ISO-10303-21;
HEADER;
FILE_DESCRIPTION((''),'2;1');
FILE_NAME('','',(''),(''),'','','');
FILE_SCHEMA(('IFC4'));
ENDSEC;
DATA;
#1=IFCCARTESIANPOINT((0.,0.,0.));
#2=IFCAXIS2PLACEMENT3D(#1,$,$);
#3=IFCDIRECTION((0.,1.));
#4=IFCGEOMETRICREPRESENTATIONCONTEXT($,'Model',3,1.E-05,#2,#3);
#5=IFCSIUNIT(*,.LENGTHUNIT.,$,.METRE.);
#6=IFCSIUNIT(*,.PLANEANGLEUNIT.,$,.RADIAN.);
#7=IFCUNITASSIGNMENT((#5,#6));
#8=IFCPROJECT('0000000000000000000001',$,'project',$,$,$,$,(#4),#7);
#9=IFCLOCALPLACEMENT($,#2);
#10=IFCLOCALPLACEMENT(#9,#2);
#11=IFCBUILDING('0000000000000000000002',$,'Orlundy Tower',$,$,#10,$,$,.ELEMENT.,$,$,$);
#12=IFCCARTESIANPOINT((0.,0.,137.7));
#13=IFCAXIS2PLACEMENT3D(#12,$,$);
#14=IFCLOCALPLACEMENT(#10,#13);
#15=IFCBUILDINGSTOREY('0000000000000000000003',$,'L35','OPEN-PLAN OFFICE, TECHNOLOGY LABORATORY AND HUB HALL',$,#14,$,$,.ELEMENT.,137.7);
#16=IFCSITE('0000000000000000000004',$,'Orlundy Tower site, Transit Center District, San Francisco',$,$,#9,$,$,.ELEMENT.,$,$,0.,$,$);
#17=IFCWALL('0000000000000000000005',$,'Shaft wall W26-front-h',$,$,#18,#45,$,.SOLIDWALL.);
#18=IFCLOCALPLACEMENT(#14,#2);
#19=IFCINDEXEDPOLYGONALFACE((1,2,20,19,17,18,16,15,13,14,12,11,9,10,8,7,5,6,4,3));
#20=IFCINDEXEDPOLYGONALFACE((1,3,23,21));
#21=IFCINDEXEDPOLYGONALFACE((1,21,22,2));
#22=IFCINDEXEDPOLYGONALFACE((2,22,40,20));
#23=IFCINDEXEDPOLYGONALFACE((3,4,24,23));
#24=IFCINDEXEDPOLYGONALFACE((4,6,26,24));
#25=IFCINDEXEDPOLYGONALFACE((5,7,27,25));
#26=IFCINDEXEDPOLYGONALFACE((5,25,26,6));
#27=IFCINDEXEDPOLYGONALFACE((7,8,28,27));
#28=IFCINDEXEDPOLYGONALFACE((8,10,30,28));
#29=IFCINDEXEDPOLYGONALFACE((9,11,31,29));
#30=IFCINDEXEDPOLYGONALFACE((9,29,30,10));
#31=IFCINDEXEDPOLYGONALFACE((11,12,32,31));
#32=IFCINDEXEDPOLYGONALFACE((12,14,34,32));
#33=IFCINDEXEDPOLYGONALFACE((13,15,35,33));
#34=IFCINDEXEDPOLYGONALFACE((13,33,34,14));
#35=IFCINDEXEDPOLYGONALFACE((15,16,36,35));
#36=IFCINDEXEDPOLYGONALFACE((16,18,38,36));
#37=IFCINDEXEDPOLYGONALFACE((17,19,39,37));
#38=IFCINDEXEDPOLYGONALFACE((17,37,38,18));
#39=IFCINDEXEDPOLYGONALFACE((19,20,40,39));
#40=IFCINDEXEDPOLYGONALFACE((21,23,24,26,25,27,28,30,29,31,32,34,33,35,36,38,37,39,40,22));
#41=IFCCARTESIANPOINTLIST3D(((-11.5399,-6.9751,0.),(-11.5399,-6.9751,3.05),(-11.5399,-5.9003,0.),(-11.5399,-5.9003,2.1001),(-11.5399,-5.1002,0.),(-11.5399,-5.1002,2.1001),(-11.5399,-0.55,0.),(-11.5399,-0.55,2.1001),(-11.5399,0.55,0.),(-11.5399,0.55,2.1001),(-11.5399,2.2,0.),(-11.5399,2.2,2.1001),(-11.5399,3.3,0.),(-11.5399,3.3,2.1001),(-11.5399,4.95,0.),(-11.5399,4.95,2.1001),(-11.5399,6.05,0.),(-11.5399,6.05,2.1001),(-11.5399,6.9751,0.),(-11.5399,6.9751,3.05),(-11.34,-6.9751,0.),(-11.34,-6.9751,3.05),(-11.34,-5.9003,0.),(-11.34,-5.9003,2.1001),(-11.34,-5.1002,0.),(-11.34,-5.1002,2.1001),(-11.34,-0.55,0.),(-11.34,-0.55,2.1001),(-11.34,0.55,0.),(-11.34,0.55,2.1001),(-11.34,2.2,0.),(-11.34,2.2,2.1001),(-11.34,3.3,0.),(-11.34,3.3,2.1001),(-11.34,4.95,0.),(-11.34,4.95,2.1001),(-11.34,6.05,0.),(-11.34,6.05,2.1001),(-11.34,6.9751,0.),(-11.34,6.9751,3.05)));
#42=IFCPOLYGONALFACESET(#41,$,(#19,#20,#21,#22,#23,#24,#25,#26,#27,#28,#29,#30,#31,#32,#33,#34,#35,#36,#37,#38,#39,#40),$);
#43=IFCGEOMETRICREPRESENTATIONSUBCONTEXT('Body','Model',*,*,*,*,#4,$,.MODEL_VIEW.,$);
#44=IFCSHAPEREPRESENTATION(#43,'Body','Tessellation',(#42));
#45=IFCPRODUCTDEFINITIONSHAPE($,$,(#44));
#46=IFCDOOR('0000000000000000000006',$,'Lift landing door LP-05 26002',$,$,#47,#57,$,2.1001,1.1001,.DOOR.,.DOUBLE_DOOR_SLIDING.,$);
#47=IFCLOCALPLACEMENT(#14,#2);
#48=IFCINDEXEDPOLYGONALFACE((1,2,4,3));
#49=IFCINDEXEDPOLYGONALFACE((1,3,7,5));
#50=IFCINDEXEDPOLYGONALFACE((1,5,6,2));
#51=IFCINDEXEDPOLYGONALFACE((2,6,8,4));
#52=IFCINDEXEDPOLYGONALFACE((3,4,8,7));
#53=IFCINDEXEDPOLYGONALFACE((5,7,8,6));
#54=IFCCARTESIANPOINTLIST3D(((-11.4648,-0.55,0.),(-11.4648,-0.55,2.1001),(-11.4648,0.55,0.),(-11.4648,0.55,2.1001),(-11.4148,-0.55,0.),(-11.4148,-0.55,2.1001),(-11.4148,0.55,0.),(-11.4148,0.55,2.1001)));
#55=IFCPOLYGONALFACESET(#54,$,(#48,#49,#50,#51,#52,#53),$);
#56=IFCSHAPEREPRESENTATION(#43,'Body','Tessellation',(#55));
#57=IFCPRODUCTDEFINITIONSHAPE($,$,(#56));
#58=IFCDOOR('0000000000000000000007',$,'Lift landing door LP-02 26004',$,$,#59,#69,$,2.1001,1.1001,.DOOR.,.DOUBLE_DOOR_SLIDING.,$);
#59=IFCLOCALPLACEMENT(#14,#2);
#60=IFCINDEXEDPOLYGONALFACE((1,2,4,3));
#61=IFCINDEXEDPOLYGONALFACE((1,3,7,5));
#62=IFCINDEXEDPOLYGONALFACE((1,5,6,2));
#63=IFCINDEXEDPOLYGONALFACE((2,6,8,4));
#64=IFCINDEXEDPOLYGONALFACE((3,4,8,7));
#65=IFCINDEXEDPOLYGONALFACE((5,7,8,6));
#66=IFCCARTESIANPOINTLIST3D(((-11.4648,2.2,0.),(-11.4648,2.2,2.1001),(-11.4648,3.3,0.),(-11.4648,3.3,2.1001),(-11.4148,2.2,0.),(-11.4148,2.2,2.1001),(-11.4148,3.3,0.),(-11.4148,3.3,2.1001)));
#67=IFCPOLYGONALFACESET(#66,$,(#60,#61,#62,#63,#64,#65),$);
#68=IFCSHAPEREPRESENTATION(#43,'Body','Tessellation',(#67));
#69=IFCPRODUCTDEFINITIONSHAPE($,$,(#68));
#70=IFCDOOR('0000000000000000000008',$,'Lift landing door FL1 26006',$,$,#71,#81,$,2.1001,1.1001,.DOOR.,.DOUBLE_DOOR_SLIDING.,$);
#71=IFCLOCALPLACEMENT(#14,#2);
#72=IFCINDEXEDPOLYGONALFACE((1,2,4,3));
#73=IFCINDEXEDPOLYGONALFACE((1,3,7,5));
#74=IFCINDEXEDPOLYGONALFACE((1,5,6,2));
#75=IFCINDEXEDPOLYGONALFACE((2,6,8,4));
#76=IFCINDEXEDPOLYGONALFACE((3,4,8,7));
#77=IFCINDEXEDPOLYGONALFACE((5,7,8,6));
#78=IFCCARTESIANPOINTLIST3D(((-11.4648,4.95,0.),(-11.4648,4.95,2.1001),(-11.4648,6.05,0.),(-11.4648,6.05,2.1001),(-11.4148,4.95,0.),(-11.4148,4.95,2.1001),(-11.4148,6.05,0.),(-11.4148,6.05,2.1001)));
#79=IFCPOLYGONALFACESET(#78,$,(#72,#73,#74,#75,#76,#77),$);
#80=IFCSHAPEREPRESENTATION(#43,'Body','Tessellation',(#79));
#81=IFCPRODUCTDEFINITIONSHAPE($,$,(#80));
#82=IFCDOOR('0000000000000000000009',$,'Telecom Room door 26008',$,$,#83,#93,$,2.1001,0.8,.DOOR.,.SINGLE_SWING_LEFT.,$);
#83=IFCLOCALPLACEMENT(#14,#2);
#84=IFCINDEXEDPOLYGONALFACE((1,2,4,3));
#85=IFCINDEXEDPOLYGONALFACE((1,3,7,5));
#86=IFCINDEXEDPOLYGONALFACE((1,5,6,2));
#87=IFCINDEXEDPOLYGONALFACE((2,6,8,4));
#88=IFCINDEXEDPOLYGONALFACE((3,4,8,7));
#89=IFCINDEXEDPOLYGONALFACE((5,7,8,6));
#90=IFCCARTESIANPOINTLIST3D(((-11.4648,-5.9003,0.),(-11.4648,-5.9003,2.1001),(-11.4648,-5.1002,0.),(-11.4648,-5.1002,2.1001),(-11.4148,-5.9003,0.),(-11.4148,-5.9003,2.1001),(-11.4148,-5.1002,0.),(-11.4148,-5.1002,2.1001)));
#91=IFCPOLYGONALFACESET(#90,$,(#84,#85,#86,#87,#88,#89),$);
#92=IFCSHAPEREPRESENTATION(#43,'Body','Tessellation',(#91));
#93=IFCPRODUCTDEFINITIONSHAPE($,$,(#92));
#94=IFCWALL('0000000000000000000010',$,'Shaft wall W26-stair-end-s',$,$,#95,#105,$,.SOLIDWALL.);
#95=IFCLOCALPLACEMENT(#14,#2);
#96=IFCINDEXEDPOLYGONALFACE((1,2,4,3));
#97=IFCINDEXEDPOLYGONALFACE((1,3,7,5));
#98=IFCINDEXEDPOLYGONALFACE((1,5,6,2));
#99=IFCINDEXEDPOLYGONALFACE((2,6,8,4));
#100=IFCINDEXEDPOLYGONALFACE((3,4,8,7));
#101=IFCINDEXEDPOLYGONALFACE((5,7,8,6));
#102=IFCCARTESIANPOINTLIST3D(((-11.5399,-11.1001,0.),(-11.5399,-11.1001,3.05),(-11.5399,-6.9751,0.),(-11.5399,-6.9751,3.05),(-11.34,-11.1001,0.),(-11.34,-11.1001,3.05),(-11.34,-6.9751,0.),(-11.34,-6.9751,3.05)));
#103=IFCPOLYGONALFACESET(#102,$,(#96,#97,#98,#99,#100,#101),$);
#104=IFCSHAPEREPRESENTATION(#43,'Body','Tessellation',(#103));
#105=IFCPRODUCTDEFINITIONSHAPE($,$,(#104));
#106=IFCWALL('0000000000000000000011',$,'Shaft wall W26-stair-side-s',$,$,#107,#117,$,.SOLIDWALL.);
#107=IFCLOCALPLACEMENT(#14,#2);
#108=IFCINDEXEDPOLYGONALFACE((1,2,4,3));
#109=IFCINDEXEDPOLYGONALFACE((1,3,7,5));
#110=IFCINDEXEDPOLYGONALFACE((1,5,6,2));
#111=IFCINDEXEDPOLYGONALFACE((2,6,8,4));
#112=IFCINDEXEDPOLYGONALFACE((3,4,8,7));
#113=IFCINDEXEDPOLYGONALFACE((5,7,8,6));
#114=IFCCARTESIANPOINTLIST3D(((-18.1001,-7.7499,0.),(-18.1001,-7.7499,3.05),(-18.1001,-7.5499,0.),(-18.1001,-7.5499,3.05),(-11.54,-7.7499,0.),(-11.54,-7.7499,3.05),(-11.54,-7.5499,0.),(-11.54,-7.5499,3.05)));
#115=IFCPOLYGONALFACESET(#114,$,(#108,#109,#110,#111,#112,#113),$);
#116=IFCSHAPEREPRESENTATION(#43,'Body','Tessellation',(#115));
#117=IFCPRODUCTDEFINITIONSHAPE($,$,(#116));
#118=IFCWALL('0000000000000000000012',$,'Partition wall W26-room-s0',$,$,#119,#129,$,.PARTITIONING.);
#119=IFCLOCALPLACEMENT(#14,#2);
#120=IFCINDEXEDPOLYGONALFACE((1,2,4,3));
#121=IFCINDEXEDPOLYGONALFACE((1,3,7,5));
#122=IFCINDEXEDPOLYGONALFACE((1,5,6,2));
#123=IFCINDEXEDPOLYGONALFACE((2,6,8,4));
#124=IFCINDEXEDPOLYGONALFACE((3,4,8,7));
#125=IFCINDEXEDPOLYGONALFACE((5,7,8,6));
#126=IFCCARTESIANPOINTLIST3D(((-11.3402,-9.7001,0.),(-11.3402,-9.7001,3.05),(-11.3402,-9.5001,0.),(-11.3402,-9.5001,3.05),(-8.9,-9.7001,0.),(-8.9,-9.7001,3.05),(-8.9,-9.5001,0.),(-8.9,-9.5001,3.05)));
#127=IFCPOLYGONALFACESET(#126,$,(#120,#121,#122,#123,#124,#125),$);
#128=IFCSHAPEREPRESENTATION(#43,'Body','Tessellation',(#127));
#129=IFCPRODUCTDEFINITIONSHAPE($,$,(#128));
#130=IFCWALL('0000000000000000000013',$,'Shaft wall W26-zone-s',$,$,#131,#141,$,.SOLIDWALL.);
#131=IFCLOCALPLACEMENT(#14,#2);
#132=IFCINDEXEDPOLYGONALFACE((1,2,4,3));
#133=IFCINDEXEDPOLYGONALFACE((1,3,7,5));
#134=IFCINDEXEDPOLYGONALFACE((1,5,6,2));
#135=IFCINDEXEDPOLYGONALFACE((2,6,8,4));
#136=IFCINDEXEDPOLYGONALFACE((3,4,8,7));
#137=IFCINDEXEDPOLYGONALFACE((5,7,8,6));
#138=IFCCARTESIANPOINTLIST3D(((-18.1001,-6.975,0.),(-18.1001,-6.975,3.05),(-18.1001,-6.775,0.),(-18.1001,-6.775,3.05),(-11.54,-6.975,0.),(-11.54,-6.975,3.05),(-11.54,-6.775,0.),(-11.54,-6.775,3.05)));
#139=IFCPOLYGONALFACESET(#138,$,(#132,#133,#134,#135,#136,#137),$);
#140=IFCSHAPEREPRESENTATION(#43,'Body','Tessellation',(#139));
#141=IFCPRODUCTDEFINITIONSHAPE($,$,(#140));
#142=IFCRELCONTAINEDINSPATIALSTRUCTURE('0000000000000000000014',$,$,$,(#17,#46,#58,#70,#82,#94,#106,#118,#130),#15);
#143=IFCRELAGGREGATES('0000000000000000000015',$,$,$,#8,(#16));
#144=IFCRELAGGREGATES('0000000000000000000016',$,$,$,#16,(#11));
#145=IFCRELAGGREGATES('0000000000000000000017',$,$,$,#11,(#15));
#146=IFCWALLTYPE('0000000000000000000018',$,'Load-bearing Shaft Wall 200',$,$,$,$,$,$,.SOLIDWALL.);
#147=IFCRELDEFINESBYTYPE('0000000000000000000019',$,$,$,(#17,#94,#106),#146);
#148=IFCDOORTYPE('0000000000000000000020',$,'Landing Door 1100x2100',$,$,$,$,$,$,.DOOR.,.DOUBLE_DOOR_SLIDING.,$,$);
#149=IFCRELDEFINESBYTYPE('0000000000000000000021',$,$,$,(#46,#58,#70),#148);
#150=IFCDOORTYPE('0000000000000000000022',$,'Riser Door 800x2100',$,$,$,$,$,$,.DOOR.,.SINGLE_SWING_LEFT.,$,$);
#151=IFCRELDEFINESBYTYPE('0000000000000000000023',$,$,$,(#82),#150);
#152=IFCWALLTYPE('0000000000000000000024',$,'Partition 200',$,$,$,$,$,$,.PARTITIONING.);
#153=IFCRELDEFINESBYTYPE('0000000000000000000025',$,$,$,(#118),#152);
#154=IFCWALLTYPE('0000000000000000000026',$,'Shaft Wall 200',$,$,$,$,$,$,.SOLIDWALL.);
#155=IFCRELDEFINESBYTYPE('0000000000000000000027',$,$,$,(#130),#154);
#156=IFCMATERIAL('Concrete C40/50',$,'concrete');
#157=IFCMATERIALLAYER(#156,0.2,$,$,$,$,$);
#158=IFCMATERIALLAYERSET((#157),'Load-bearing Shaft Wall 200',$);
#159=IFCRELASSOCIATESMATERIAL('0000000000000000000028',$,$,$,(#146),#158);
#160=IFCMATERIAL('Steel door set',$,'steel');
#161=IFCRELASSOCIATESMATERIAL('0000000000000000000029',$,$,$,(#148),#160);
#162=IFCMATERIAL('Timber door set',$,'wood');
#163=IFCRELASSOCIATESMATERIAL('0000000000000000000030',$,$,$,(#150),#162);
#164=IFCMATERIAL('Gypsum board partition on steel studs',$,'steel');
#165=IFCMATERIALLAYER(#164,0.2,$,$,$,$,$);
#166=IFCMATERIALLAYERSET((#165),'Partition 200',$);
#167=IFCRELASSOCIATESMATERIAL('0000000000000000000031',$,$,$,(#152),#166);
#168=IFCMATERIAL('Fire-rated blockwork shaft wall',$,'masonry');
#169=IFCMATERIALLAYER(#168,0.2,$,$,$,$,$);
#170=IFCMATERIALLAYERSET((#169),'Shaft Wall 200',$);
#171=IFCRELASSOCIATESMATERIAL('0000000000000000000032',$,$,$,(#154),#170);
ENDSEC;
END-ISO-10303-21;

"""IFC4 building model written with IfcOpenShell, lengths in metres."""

from ifc_helpers import new_model, si_unit, direction, frame, frame_2d, origin, place, context, subcontext, project, spatial, rectangle, extrude, material, layer, layer_set, type_object, element, fill, save


model = new_model("IFC4")

# Units and contexts
model_context = context("Model", 3, precision=1e-05, world=origin(), true_north=direction((0.0, 1.0)))
body_context = subcontext(model_context, "Body", "Model", "MODEL_VIEW")
ifc_project = project(units=[si_unit("LENGTHUNIT", "METRE"), si_unit("PLANEANGLEUNIT", "RADIAN")], contexts=[model_context])

# Site, building, storey
site_placement = place(None, origin())
site = spatial("IfcSite", under=ifc_project, at=site_placement, Name="Orlundy Tower site, Transit Center District, San Francisco", CompositionType="ELEMENT", RefElevation=0.0)
building_placement = place(site_placement, origin())
building = spatial("IfcBuilding", under=site, at=building_placement, Name="Orlundy Tower", CompositionType="ELEMENT")
storey_placement = place(building_placement, frame((0.0, 0.0, 137.7)))
storey = spatial("IfcBuildingStorey", under=building, at=storey_placement, Name="L35", Description="OPEN-PLAN OFFICE, TECHNOLOGY LABORATORY AND HUB HALL", CompositionType="ELEMENT", Elevation=137.7)

# Wall, openings, doors
ifc_material_1 = material(Name="Concrete C40/50", Category="concrete")
ifc_layer_1 = layer(ifc_material_1, 0.2)
ifc_layer_set_1 = layer_set([ifc_layer_1], Name="Load-bearing Shaft Wall 200")
wall_type_1 = type_object("IfcWallType", Name="Load-bearing Shaft Wall 200", PredefinedType="SOLIDWALL", material=ifc_layer_set_1)
wall_1_placement = place(storey_placement, frame((-11.4399, -6.9751, 0.0), z_axis=(0.0, 0.0, 1.0), x_axis=(0.0, 1.0, 0.0)))
wall_1 = element("IfcWall", 1, at=wall_1_placement, inside=storey, type_object=wall_type_1, Name="Shaft wall W26-front-h", PredefinedType="SOLIDWALL", context=body_context, shape_type="SweptSolid", body=[
    extrude(rectangle(XDim=13.9502, YDim=0.2, at=frame_2d((6.9751, 0.0))), origin(), (0.0, 0.0, 1.0), 3.05),
])
opening_1_placement = place(wall_1_placement, frame((6.425, 0.0, 0.0)))
opening_1 = element("IfcOpeningElement", 2, at=opening_1_placement, cuts=wall_1, PredefinedType="OPENING", context=body_context, shape_type="SweptSolid", body=[
    extrude(rectangle(XDim=1.1001, YDim=2.1001, at=frame_2d((0.55, 1.05))), frame((0.0, 0.1101, 0.0), z_axis=(0.0, -1.0, 0.0), x_axis=(1.0, 0.0, 0.0)), (0.0, 0.0, 1.0), 0.2202),
])
opening_2_placement = place(wall_1_placement, frame((9.175, 0.0, 0.0)))
opening_2 = element("IfcOpeningElement", 3, at=opening_2_placement, cuts=wall_1, PredefinedType="OPENING", context=body_context, shape_type="SweptSolid", body=[
    extrude(rectangle(XDim=1.1001, YDim=2.1001, at=frame_2d((0.55, 1.05))), frame((0.0, 0.1101, 0.0), z_axis=(0.0, -1.0, 0.0), x_axis=(1.0, 0.0, 0.0)), (0.0, 0.0, 1.0), 0.2202),
])
opening_3_placement = place(wall_1_placement, frame((11.925, 0.0, 0.0)))
opening_3 = element("IfcOpeningElement", 4, at=opening_3_placement, cuts=wall_1, PredefinedType="OPENING", context=body_context, shape_type="SweptSolid", body=[
    extrude(rectangle(XDim=1.1001, YDim=2.1001, at=frame_2d((0.55, 1.05))), frame((0.0, 0.1101, 0.0), z_axis=(0.0, -1.0, 0.0), x_axis=(1.0, 0.0, 0.0)), (0.0, 0.0, 1.0), 0.2202),
])
opening_4_placement = place(wall_1_placement, frame((1.075, 0.0, 0.0)))
opening_4 = element("IfcOpeningElement", 5, at=opening_4_placement, cuts=wall_1, PredefinedType="OPENING", context=body_context, shape_type="SweptSolid", body=[
    extrude(rectangle(XDim=0.8, YDim=2.1001, at=frame_2d((0.3999, 1.05))), frame((0.0, 0.1101, 0.0), z_axis=(0.0, -1.0, 0.0), x_axis=(1.0, 0.0, 0.0)), (0.0, 0.0, 1.0), 0.2202),
])
ifc_material_2 = material(Name="Steel door set", Category="steel")
door_type_1 = type_object("IfcDoorType", Name="Landing Door 1100x2100", OperationType="DOUBLE_DOOR_SLIDING", PredefinedType="DOOR", material=ifc_material_2)
door_1_placement = place(opening_1_placement, origin())
door_1 = element("IfcDoor", 6, at=door_1_placement, inside=storey, type_object=door_type_1, Name="Lift landing door LP-05 26002", OperationType="DOUBLE_DOOR_SLIDING", OverallHeight=2.1001, OverallWidth=1.1001, PredefinedType="DOOR", context=body_context, shape_type="SweptSolid", body=[
    extrude(rectangle(XDim=1.1001, YDim=2.1001, at=frame_2d((0.55, 1.05))), frame((0.0, 0.0249, 0.0), z_axis=(0.0, -1.0, 0.0), x_axis=(1.0, 0.0, 0.0)), (0.0, 0.0, 1.0), 0.05),
])
fill(opening_1, door_1)
door_2_placement = place(opening_2_placement, origin())
door_2 = element("IfcDoor", 7, at=door_2_placement, inside=storey, type_object=door_type_1, Name="Lift landing door LP-02 26004", OperationType="DOUBLE_DOOR_SLIDING", OverallHeight=2.1001, OverallWidth=1.1001, PredefinedType="DOOR", context=body_context, shape_type="SweptSolid", body=[
    extrude(rectangle(XDim=1.1001, YDim=2.1001, at=frame_2d((0.55, 1.05))), frame((0.0, 0.0249, 0.0), z_axis=(0.0, -1.0, 0.0), x_axis=(1.0, 0.0, 0.0)), (0.0, 0.0, 1.0), 0.05),
])
fill(opening_2, door_2)
door_3_placement = place(opening_3_placement, origin())
door_3 = element("IfcDoor", 8, at=door_3_placement, inside=storey, type_object=door_type_1, Name="Lift landing door FL1 26006", OperationType="DOUBLE_DOOR_SLIDING", OverallHeight=2.1001, OverallWidth=1.1001, PredefinedType="DOOR", context=body_context, shape_type="SweptSolid", body=[
    extrude(rectangle(XDim=1.1001, YDim=2.1001, at=frame_2d((0.55, 1.05))), frame((0.0, 0.0249, 0.0), z_axis=(0.0, -1.0, 0.0), x_axis=(1.0, 0.0, 0.0)), (0.0, 0.0, 1.0), 0.05),
])
fill(opening_3, door_3)
ifc_material_3 = material(Name="Timber door set", Category="wood")
door_type_2 = type_object("IfcDoorType", Name="Riser Door 800x2100", OperationType="SINGLE_SWING_LEFT", PredefinedType="DOOR", material=ifc_material_3)
door_4_placement = place(opening_4_placement, origin())
door_4 = element("IfcDoor", 9, at=door_4_placement, inside=storey, type_object=door_type_2, Name="Telecom Room door 26008", OperationType="SINGLE_SWING_LEFT", OverallHeight=2.1001, OverallWidth=0.8, PredefinedType="DOOR", context=body_context, shape_type="SweptSolid", body=[
    extrude(rectangle(XDim=0.8, YDim=2.1001, at=frame_2d((0.3999, 1.05))), frame((0.0, 0.0249, 0.0), z_axis=(0.0, -1.0, 0.0), x_axis=(1.0, 0.0, 0.0)), (0.0, 0.0, 1.0), 0.05),
])
fill(opening_4, door_4)

# Walls
wall_2_placement = place(storey_placement, frame((-11.4399, -11.1001, 0.0), z_axis=(0.0, 0.0, 1.0), x_axis=(0.0, 1.0, 0.0)))
element("IfcWall", 10, at=wall_2_placement, inside=storey, type_object=wall_type_1, Name="Shaft wall W26-stair-end-s", PredefinedType="SOLIDWALL", context=body_context, shape_type="SweptSolid", body=[
    extrude(rectangle(XDim=4.125, YDim=0.2, at=frame_2d((2.0625, 0.0))), origin(), (0.0, 0.0, 1.0), 3.05),
])
wall_3_placement = place(storey_placement, frame((-11.54, -7.6499, 0.0), z_axis=(0.0, 0.0, 1.0), x_axis=(-1.0, 0.0, 0.0)))
element("IfcWall", 11, at=wall_3_placement, inside=storey, type_object=wall_type_1, Name="Shaft wall W26-stair-side-s", PredefinedType="SOLIDWALL", context=body_context, shape_type="SweptSolid", body=[
    extrude(rectangle(XDim=6.5601, YDim=0.2, at=frame_2d((3.28, 0.0))), origin(), (0.0, 0.0, 1.0), 3.05),
])
ifc_material_4 = material(Name="Gypsum board partition on steel studs", Category="steel")
ifc_layer_2 = layer(ifc_material_4, 0.2)
ifc_layer_set_2 = layer_set([ifc_layer_2], Name="Partition 200")
wall_type_2 = type_object("IfcWallType", Name="Partition 200", PredefinedType="PARTITIONING", material=ifc_layer_set_2)
wall_4_placement = place(storey_placement, frame((-8.8999, -9.6001, 0.0), z_axis=(0.0, 0.0, 1.0), x_axis=(-1.0, 0.0, 0.0)))
element("IfcWall", 12, at=wall_4_placement, inside=storey, type_object=wall_type_2, Name="Partition wall W26-room-s0", PredefinedType="PARTITIONING", context=body_context, shape_type="SweptSolid", body=[
    extrude(rectangle(XDim=2.4402, YDim=0.2, at=frame_2d((1.2202, 0.0))), origin(), (0.0, 0.0, 1.0), 3.05),
])
ifc_material_5 = material(Name="Fire-rated blockwork shaft wall", Category="masonry")
ifc_layer_3 = layer(ifc_material_5, 0.2)
ifc_layer_set_3 = layer_set([ifc_layer_3], Name="Shaft Wall 200")
wall_type_3 = type_object("IfcWallType", Name="Shaft Wall 200", PredefinedType="SOLIDWALL", material=ifc_layer_set_3)
wall_5_placement = place(storey_placement, frame((-11.54, -6.875, 0.0), z_axis=(0.0, 0.0, 1.0), x_axis=(-1.0, 0.0, 0.0)))
element("IfcWall", 13, at=wall_5_placement, inside=storey, type_object=wall_type_3, Name="Shaft wall W26-zone-s", PredefinedType="SOLIDWALL", context=body_context, shape_type="SweptSolid", body=[
    extrude(rectangle(XDim=6.5601, YDim=0.2, at=frame_2d((3.28, 0.0))), origin(), (0.0, 0.0, 1.0), 3.05),
])

save(model, "model.ifc")
